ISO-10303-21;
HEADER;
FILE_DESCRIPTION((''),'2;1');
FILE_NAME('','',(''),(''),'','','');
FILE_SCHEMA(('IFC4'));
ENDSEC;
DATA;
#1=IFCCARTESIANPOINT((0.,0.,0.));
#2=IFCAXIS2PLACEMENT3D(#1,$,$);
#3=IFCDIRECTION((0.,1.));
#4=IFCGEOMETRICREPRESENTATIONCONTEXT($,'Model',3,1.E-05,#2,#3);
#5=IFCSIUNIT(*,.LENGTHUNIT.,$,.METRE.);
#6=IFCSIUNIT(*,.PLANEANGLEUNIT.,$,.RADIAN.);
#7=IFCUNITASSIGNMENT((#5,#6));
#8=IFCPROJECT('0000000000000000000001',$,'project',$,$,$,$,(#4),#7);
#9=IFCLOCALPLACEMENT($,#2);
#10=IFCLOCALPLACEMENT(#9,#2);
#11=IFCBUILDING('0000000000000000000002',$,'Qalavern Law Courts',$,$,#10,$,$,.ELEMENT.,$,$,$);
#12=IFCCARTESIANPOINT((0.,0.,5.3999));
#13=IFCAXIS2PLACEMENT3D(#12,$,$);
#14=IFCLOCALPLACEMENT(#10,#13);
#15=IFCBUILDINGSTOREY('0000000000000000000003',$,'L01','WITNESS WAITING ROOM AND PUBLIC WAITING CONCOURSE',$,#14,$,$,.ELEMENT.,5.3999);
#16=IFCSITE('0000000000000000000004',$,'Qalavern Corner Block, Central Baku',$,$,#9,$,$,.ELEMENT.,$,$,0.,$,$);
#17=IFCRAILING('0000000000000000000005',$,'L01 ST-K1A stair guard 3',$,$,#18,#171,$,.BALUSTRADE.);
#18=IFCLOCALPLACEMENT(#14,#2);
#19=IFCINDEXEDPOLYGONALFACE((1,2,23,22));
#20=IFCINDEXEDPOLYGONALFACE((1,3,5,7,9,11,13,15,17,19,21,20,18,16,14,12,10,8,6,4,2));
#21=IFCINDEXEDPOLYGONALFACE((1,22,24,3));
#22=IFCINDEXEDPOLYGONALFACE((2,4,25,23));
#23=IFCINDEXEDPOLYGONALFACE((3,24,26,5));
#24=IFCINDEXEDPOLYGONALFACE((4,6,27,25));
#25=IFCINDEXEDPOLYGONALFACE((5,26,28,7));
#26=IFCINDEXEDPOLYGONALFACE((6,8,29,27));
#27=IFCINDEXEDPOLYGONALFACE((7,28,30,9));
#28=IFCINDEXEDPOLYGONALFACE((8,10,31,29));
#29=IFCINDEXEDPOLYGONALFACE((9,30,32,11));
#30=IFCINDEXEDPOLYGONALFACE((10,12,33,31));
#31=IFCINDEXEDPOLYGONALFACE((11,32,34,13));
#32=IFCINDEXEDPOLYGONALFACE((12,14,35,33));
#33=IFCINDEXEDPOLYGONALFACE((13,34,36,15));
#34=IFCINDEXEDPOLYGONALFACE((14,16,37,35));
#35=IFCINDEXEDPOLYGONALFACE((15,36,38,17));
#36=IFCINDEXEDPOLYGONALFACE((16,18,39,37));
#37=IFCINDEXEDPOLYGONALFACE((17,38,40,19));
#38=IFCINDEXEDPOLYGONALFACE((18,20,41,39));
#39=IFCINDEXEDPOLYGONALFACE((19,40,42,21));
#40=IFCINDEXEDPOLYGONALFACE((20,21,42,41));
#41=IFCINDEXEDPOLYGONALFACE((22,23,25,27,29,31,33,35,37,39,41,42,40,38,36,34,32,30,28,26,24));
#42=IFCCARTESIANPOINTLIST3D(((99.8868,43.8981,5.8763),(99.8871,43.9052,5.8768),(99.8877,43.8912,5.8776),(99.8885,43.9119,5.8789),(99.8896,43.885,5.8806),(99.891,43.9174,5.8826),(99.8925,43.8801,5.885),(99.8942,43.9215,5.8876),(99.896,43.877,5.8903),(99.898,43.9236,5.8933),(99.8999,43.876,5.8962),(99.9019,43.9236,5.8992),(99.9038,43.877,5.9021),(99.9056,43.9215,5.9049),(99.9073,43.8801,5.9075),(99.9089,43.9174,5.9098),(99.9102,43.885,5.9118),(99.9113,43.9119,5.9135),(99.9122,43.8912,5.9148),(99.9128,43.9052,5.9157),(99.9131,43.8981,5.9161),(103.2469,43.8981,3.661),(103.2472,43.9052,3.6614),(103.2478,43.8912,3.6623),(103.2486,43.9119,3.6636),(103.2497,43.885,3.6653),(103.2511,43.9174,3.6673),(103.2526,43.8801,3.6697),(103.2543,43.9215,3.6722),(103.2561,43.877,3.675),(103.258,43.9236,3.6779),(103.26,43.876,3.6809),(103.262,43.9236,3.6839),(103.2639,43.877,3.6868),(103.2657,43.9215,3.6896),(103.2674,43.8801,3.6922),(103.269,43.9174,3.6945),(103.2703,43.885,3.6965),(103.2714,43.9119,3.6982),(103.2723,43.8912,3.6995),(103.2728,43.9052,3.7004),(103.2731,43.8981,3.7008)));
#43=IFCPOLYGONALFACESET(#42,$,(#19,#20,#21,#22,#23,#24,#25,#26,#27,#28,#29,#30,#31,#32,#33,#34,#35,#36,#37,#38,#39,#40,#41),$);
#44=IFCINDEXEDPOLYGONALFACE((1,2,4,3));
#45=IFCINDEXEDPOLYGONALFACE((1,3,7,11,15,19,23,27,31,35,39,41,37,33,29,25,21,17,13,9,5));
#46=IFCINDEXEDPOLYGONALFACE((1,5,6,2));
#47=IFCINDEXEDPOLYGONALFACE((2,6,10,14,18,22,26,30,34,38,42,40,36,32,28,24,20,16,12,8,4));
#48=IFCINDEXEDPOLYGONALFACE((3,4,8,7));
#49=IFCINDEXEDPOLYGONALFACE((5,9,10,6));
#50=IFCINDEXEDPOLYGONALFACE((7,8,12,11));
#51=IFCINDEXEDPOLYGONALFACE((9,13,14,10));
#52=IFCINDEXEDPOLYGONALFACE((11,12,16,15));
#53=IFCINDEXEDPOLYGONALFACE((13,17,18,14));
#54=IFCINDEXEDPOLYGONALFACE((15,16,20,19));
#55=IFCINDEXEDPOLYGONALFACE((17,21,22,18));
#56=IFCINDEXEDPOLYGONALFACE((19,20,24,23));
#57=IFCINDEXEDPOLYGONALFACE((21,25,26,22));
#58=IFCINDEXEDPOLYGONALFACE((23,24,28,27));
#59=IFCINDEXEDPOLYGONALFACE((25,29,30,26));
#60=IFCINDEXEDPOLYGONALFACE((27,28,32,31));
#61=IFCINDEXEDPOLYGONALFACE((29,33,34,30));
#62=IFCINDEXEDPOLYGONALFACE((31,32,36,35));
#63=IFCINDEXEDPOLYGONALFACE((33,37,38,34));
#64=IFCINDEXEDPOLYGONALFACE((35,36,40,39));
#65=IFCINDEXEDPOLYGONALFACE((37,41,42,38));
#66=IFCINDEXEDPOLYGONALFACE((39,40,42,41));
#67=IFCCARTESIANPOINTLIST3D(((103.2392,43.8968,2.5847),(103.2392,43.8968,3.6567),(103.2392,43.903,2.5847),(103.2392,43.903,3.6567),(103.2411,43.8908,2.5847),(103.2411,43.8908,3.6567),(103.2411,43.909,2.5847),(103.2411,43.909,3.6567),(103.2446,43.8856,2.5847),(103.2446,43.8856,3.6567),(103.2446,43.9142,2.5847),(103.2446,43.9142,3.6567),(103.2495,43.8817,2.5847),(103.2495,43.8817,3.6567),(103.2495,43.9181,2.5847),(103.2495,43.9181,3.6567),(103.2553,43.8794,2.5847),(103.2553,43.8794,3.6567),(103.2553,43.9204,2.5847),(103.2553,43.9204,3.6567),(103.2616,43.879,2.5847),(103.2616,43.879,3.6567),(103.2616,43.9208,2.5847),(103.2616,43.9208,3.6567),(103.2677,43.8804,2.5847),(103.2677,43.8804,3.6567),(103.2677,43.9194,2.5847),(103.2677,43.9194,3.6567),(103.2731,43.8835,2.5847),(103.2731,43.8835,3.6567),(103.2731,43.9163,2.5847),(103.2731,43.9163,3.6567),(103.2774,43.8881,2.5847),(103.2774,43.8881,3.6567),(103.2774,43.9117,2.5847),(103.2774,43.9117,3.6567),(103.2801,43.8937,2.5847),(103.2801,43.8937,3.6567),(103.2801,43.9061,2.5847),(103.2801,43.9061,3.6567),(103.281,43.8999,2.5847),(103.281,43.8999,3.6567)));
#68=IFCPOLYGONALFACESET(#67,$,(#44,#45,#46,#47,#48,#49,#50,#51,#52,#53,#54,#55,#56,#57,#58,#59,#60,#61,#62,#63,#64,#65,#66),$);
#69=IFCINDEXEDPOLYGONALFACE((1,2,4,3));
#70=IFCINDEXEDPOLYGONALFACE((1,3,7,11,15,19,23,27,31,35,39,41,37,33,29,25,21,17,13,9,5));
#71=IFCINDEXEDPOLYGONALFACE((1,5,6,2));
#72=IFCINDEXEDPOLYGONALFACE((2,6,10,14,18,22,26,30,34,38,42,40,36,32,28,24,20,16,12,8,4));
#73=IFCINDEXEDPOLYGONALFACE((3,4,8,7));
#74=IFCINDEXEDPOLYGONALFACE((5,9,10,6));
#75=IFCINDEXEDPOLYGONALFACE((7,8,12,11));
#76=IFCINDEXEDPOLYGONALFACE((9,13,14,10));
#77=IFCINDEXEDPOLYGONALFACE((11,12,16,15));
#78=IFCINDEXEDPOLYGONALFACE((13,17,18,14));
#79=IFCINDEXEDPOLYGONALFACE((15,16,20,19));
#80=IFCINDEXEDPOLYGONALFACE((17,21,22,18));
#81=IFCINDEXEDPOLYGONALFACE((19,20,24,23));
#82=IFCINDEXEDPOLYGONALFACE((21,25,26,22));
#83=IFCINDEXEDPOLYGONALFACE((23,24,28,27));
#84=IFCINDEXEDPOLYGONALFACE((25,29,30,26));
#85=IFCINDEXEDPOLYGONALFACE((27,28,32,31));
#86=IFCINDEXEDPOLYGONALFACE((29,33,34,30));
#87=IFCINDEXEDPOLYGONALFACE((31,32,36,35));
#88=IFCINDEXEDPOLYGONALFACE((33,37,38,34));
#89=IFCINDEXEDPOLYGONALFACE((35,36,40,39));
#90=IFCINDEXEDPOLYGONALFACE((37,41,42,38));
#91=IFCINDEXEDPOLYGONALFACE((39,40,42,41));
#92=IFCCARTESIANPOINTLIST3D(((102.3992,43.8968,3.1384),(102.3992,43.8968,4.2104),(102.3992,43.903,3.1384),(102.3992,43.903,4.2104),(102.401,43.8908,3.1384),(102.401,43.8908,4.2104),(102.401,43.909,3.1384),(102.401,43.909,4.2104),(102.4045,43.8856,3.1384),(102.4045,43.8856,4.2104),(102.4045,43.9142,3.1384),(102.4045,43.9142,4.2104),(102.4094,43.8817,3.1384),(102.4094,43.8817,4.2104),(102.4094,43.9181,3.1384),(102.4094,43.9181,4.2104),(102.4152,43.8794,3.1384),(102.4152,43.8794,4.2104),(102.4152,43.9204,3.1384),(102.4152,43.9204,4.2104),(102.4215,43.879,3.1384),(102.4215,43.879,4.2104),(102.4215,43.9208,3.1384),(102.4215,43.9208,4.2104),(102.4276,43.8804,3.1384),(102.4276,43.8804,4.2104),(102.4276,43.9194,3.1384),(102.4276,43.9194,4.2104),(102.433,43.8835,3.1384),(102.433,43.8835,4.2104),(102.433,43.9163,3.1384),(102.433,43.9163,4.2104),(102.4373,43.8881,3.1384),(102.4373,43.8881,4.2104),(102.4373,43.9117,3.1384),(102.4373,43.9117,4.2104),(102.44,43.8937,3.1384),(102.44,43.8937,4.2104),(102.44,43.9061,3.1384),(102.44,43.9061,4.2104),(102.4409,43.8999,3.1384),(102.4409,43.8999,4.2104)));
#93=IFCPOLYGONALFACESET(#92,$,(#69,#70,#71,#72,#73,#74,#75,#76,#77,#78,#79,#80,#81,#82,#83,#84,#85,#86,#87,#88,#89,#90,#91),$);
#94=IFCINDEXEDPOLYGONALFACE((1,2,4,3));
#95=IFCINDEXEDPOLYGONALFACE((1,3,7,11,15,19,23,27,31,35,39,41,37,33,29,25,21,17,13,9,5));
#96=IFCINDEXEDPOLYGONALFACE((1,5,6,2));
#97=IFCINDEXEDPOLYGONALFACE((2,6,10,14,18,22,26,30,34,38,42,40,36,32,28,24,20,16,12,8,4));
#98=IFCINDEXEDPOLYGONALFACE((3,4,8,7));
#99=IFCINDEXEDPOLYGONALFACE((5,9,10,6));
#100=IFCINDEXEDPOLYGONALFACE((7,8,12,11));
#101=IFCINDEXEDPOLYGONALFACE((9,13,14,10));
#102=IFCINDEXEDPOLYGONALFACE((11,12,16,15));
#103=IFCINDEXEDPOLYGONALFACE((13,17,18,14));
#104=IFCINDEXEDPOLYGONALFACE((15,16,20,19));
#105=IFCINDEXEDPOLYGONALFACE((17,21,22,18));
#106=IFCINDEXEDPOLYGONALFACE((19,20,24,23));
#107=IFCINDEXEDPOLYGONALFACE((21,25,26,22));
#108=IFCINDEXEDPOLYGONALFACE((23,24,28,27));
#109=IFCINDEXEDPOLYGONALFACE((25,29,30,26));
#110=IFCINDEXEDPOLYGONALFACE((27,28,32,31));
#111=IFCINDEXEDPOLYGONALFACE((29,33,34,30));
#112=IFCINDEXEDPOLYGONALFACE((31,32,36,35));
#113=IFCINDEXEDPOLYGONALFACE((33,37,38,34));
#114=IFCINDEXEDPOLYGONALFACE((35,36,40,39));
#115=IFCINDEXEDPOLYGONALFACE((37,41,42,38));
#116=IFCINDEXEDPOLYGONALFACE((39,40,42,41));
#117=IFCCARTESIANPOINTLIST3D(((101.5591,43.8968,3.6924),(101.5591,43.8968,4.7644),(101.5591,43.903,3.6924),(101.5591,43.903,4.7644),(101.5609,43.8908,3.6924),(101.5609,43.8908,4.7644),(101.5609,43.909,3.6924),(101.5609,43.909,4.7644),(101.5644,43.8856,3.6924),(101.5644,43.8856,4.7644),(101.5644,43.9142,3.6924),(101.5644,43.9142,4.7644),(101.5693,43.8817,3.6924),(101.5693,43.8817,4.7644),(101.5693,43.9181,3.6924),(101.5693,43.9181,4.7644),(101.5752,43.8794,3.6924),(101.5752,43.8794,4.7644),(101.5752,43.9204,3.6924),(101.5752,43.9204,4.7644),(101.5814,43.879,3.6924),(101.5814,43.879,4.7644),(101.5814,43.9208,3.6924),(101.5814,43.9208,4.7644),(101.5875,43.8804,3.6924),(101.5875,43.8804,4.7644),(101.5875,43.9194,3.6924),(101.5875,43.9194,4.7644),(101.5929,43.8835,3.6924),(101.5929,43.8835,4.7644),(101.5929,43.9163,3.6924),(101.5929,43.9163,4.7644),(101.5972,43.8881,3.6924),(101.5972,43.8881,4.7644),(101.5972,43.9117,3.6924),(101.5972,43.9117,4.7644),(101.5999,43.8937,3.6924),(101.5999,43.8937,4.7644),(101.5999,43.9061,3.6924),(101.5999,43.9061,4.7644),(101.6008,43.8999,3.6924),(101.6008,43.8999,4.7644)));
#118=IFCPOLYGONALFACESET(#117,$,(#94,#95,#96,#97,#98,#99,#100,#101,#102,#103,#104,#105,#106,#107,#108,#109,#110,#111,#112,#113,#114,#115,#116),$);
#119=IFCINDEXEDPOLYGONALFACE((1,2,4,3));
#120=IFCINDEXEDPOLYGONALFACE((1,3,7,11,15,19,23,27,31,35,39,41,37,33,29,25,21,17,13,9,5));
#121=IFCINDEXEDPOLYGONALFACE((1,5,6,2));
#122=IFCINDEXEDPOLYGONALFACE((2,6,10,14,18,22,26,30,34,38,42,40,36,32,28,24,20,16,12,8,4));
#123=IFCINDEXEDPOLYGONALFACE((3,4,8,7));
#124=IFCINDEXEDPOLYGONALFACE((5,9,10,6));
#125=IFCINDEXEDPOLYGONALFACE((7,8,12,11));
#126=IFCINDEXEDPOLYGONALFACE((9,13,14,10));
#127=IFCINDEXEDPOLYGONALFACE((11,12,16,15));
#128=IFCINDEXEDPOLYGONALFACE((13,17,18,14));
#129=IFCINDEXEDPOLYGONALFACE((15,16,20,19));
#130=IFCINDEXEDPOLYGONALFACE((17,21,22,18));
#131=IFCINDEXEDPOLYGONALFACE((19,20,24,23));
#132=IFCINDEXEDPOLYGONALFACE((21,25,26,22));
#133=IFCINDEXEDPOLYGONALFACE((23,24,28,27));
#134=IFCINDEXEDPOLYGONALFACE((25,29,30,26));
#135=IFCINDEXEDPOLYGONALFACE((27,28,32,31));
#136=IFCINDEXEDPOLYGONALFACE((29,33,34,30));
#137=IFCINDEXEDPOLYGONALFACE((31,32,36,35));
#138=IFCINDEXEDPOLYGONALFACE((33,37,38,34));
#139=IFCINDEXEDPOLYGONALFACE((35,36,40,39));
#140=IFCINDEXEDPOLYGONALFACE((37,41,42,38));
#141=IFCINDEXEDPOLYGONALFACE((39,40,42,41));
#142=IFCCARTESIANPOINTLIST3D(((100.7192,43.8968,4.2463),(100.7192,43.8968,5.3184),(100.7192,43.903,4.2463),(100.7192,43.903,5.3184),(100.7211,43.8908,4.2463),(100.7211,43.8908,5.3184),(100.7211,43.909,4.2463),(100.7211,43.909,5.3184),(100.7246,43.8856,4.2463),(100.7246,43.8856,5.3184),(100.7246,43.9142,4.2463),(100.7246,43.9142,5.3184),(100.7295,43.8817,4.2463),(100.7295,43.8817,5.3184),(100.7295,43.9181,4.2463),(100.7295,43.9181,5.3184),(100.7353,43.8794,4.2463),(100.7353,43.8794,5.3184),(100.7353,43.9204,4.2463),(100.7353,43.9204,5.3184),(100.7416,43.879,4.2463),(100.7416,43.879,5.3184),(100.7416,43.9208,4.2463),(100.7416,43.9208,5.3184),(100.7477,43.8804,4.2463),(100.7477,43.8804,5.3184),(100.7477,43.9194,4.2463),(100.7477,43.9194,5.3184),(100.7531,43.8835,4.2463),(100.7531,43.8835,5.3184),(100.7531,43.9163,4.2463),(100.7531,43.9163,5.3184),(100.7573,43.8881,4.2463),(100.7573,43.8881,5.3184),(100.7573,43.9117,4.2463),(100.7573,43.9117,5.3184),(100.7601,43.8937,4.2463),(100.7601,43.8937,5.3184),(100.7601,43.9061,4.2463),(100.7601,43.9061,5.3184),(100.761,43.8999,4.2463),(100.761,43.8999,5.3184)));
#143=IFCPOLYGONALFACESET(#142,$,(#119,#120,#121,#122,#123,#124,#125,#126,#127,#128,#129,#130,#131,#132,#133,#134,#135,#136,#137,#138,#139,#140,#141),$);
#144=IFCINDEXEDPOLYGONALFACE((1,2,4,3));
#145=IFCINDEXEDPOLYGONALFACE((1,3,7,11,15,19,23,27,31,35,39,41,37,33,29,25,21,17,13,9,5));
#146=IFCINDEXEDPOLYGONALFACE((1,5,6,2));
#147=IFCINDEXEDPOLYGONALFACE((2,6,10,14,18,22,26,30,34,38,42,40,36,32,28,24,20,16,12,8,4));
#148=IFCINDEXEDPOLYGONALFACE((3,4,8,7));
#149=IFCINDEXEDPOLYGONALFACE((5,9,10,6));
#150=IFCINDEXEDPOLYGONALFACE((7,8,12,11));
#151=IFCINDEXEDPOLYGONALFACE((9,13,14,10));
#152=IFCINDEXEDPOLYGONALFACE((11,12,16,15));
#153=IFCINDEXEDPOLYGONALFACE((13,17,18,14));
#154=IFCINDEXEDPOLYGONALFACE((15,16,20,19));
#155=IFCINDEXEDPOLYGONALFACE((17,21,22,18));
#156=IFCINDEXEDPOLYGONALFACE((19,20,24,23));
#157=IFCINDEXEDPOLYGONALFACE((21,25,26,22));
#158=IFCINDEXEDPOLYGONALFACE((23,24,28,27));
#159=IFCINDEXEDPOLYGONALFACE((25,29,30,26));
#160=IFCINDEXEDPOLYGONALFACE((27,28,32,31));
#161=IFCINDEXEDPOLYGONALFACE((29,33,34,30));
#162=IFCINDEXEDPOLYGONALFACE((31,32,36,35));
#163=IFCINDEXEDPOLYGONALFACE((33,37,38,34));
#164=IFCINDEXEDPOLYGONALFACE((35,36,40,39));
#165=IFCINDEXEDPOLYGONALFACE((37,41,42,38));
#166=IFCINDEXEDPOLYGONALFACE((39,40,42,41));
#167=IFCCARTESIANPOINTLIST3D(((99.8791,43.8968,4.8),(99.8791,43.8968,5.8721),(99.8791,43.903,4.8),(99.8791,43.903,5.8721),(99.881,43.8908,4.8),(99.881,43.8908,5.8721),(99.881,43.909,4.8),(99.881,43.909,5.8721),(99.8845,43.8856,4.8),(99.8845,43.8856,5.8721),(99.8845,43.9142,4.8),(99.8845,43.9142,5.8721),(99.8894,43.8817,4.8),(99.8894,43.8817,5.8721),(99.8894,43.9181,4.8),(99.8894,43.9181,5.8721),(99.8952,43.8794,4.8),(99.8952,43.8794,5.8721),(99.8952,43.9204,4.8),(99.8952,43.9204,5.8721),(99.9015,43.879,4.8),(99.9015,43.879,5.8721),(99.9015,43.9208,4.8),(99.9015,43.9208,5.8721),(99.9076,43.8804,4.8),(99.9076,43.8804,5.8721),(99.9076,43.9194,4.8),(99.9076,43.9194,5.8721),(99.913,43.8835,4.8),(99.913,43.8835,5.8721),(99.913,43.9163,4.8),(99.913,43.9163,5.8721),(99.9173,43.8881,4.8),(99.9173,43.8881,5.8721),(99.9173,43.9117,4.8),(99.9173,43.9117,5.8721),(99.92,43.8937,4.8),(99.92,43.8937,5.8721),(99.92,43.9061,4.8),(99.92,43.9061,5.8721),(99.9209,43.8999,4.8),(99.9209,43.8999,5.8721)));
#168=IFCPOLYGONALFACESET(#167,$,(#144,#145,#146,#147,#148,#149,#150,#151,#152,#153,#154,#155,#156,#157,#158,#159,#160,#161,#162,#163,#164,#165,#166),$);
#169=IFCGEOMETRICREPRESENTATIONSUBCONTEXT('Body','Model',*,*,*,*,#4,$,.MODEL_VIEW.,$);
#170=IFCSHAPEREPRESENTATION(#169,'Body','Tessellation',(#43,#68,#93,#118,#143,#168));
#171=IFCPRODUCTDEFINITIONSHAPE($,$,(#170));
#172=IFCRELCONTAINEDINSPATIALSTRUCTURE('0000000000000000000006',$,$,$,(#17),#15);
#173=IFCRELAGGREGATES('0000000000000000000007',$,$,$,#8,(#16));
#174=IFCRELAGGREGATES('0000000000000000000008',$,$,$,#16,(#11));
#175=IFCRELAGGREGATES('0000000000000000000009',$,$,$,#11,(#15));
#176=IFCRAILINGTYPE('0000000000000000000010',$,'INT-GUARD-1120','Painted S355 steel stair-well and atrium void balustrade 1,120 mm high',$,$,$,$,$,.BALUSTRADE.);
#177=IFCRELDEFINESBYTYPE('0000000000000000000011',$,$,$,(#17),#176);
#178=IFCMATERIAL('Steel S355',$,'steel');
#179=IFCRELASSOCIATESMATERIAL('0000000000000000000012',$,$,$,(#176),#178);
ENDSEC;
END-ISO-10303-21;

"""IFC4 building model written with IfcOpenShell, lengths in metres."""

from ifc_helpers import new_model, si_unit, direction, frame, origin, origin_2d, place, context, subcontext, project, spatial, circle, extrude, material, type_object, element, save


model = new_model("IFC4")

# Units and contexts
model_context = context("Model", 3, precision=1e-05, world=origin(), true_north=direction((0.0, 1.0)))
body_context = subcontext(model_context, "Body", "Model", "MODEL_VIEW")
ifc_project = project(units=[si_unit("LENGTHUNIT", "METRE"), si_unit("PLANEANGLEUNIT", "RADIAN")], contexts=[model_context])

# Site, building, storey
site_placement = place(None, origin())
site = spatial("IfcSite", under=ifc_project, at=site_placement, Name="Qalavern Corner Block, Central Baku", CompositionType="ELEMENT", RefElevation=0.0)
building_placement = place(site_placement, origin())
building = spatial("IfcBuilding", under=site, at=building_placement, Name="Qalavern Law Courts", CompositionType="ELEMENT")
storey_placement = place(building_placement, frame((0.0, 0.0, 5.3999)))
storey = spatial("IfcBuildingStorey", under=building, at=storey_placement, Name="L01", Description="WITNESS WAITING ROOM AND PUBLIC WAITING CONCOURSE", CompositionType="ELEMENT", Elevation=5.3999)

# Shared definitions
ifc_material_1 = material(Name="Steel S355", Category="steel")

# Railing
railing_type_1 = type_object("IfcRailingType", Name="INT-GUARD-1120", Description="Painted S355 steel stair-well and atrium void balustrade 1,120 mm high", PredefinedType="BALUSTRADE", material=ifc_material_1)
railing_1_placement = place(storey_placement, frame((103.26, 43.8999, 2.5847)))
element("IfcRailing", 1, at=railing_1_placement, inside=storey, type_object=railing_type_1, Name="L01 ST-K1A stair guard 3", PredefinedType="BALUSTRADE", context=body_context, shape_type="SweptSolid", body=[
    extrude(circle(Radius=0.0239, at=origin_2d()), frame((0.0, 0.0, 1.0962), z_axis=(-0.834876, 0.0, 0.550437), x_axis=(0.0, -1.0, 0.0)), (0.0, 0.0, 1.0), 4.0247),
    extrude(circle(Radius=0.021, at=origin_2d()), origin(), (0.0, 0.0, 1.0), 1.072),
    extrude(circle(Radius=0.021, at=origin_2d()), frame((-0.8401, 0.0, 0.5537)), (0.0, 0.0, 1.0), 1.072),
    extrude(circle(Radius=0.021, at=origin_2d()), frame((-1.6802, 0.0, 1.1077)), (0.0, 0.0, 1.0), 1.072),
    extrude(circle(Radius=0.021, at=origin_2d()), frame((-2.52, 0.0, 1.6616)), (0.0, 0.0, 1.0), 1.072),
    extrude(circle(Radius=0.021, at=origin_2d()), frame((-3.3601, 0.0, 2.2153)), (0.0, 0.0, 1.0), 1.072),
])

save(model, "model.ifc")
